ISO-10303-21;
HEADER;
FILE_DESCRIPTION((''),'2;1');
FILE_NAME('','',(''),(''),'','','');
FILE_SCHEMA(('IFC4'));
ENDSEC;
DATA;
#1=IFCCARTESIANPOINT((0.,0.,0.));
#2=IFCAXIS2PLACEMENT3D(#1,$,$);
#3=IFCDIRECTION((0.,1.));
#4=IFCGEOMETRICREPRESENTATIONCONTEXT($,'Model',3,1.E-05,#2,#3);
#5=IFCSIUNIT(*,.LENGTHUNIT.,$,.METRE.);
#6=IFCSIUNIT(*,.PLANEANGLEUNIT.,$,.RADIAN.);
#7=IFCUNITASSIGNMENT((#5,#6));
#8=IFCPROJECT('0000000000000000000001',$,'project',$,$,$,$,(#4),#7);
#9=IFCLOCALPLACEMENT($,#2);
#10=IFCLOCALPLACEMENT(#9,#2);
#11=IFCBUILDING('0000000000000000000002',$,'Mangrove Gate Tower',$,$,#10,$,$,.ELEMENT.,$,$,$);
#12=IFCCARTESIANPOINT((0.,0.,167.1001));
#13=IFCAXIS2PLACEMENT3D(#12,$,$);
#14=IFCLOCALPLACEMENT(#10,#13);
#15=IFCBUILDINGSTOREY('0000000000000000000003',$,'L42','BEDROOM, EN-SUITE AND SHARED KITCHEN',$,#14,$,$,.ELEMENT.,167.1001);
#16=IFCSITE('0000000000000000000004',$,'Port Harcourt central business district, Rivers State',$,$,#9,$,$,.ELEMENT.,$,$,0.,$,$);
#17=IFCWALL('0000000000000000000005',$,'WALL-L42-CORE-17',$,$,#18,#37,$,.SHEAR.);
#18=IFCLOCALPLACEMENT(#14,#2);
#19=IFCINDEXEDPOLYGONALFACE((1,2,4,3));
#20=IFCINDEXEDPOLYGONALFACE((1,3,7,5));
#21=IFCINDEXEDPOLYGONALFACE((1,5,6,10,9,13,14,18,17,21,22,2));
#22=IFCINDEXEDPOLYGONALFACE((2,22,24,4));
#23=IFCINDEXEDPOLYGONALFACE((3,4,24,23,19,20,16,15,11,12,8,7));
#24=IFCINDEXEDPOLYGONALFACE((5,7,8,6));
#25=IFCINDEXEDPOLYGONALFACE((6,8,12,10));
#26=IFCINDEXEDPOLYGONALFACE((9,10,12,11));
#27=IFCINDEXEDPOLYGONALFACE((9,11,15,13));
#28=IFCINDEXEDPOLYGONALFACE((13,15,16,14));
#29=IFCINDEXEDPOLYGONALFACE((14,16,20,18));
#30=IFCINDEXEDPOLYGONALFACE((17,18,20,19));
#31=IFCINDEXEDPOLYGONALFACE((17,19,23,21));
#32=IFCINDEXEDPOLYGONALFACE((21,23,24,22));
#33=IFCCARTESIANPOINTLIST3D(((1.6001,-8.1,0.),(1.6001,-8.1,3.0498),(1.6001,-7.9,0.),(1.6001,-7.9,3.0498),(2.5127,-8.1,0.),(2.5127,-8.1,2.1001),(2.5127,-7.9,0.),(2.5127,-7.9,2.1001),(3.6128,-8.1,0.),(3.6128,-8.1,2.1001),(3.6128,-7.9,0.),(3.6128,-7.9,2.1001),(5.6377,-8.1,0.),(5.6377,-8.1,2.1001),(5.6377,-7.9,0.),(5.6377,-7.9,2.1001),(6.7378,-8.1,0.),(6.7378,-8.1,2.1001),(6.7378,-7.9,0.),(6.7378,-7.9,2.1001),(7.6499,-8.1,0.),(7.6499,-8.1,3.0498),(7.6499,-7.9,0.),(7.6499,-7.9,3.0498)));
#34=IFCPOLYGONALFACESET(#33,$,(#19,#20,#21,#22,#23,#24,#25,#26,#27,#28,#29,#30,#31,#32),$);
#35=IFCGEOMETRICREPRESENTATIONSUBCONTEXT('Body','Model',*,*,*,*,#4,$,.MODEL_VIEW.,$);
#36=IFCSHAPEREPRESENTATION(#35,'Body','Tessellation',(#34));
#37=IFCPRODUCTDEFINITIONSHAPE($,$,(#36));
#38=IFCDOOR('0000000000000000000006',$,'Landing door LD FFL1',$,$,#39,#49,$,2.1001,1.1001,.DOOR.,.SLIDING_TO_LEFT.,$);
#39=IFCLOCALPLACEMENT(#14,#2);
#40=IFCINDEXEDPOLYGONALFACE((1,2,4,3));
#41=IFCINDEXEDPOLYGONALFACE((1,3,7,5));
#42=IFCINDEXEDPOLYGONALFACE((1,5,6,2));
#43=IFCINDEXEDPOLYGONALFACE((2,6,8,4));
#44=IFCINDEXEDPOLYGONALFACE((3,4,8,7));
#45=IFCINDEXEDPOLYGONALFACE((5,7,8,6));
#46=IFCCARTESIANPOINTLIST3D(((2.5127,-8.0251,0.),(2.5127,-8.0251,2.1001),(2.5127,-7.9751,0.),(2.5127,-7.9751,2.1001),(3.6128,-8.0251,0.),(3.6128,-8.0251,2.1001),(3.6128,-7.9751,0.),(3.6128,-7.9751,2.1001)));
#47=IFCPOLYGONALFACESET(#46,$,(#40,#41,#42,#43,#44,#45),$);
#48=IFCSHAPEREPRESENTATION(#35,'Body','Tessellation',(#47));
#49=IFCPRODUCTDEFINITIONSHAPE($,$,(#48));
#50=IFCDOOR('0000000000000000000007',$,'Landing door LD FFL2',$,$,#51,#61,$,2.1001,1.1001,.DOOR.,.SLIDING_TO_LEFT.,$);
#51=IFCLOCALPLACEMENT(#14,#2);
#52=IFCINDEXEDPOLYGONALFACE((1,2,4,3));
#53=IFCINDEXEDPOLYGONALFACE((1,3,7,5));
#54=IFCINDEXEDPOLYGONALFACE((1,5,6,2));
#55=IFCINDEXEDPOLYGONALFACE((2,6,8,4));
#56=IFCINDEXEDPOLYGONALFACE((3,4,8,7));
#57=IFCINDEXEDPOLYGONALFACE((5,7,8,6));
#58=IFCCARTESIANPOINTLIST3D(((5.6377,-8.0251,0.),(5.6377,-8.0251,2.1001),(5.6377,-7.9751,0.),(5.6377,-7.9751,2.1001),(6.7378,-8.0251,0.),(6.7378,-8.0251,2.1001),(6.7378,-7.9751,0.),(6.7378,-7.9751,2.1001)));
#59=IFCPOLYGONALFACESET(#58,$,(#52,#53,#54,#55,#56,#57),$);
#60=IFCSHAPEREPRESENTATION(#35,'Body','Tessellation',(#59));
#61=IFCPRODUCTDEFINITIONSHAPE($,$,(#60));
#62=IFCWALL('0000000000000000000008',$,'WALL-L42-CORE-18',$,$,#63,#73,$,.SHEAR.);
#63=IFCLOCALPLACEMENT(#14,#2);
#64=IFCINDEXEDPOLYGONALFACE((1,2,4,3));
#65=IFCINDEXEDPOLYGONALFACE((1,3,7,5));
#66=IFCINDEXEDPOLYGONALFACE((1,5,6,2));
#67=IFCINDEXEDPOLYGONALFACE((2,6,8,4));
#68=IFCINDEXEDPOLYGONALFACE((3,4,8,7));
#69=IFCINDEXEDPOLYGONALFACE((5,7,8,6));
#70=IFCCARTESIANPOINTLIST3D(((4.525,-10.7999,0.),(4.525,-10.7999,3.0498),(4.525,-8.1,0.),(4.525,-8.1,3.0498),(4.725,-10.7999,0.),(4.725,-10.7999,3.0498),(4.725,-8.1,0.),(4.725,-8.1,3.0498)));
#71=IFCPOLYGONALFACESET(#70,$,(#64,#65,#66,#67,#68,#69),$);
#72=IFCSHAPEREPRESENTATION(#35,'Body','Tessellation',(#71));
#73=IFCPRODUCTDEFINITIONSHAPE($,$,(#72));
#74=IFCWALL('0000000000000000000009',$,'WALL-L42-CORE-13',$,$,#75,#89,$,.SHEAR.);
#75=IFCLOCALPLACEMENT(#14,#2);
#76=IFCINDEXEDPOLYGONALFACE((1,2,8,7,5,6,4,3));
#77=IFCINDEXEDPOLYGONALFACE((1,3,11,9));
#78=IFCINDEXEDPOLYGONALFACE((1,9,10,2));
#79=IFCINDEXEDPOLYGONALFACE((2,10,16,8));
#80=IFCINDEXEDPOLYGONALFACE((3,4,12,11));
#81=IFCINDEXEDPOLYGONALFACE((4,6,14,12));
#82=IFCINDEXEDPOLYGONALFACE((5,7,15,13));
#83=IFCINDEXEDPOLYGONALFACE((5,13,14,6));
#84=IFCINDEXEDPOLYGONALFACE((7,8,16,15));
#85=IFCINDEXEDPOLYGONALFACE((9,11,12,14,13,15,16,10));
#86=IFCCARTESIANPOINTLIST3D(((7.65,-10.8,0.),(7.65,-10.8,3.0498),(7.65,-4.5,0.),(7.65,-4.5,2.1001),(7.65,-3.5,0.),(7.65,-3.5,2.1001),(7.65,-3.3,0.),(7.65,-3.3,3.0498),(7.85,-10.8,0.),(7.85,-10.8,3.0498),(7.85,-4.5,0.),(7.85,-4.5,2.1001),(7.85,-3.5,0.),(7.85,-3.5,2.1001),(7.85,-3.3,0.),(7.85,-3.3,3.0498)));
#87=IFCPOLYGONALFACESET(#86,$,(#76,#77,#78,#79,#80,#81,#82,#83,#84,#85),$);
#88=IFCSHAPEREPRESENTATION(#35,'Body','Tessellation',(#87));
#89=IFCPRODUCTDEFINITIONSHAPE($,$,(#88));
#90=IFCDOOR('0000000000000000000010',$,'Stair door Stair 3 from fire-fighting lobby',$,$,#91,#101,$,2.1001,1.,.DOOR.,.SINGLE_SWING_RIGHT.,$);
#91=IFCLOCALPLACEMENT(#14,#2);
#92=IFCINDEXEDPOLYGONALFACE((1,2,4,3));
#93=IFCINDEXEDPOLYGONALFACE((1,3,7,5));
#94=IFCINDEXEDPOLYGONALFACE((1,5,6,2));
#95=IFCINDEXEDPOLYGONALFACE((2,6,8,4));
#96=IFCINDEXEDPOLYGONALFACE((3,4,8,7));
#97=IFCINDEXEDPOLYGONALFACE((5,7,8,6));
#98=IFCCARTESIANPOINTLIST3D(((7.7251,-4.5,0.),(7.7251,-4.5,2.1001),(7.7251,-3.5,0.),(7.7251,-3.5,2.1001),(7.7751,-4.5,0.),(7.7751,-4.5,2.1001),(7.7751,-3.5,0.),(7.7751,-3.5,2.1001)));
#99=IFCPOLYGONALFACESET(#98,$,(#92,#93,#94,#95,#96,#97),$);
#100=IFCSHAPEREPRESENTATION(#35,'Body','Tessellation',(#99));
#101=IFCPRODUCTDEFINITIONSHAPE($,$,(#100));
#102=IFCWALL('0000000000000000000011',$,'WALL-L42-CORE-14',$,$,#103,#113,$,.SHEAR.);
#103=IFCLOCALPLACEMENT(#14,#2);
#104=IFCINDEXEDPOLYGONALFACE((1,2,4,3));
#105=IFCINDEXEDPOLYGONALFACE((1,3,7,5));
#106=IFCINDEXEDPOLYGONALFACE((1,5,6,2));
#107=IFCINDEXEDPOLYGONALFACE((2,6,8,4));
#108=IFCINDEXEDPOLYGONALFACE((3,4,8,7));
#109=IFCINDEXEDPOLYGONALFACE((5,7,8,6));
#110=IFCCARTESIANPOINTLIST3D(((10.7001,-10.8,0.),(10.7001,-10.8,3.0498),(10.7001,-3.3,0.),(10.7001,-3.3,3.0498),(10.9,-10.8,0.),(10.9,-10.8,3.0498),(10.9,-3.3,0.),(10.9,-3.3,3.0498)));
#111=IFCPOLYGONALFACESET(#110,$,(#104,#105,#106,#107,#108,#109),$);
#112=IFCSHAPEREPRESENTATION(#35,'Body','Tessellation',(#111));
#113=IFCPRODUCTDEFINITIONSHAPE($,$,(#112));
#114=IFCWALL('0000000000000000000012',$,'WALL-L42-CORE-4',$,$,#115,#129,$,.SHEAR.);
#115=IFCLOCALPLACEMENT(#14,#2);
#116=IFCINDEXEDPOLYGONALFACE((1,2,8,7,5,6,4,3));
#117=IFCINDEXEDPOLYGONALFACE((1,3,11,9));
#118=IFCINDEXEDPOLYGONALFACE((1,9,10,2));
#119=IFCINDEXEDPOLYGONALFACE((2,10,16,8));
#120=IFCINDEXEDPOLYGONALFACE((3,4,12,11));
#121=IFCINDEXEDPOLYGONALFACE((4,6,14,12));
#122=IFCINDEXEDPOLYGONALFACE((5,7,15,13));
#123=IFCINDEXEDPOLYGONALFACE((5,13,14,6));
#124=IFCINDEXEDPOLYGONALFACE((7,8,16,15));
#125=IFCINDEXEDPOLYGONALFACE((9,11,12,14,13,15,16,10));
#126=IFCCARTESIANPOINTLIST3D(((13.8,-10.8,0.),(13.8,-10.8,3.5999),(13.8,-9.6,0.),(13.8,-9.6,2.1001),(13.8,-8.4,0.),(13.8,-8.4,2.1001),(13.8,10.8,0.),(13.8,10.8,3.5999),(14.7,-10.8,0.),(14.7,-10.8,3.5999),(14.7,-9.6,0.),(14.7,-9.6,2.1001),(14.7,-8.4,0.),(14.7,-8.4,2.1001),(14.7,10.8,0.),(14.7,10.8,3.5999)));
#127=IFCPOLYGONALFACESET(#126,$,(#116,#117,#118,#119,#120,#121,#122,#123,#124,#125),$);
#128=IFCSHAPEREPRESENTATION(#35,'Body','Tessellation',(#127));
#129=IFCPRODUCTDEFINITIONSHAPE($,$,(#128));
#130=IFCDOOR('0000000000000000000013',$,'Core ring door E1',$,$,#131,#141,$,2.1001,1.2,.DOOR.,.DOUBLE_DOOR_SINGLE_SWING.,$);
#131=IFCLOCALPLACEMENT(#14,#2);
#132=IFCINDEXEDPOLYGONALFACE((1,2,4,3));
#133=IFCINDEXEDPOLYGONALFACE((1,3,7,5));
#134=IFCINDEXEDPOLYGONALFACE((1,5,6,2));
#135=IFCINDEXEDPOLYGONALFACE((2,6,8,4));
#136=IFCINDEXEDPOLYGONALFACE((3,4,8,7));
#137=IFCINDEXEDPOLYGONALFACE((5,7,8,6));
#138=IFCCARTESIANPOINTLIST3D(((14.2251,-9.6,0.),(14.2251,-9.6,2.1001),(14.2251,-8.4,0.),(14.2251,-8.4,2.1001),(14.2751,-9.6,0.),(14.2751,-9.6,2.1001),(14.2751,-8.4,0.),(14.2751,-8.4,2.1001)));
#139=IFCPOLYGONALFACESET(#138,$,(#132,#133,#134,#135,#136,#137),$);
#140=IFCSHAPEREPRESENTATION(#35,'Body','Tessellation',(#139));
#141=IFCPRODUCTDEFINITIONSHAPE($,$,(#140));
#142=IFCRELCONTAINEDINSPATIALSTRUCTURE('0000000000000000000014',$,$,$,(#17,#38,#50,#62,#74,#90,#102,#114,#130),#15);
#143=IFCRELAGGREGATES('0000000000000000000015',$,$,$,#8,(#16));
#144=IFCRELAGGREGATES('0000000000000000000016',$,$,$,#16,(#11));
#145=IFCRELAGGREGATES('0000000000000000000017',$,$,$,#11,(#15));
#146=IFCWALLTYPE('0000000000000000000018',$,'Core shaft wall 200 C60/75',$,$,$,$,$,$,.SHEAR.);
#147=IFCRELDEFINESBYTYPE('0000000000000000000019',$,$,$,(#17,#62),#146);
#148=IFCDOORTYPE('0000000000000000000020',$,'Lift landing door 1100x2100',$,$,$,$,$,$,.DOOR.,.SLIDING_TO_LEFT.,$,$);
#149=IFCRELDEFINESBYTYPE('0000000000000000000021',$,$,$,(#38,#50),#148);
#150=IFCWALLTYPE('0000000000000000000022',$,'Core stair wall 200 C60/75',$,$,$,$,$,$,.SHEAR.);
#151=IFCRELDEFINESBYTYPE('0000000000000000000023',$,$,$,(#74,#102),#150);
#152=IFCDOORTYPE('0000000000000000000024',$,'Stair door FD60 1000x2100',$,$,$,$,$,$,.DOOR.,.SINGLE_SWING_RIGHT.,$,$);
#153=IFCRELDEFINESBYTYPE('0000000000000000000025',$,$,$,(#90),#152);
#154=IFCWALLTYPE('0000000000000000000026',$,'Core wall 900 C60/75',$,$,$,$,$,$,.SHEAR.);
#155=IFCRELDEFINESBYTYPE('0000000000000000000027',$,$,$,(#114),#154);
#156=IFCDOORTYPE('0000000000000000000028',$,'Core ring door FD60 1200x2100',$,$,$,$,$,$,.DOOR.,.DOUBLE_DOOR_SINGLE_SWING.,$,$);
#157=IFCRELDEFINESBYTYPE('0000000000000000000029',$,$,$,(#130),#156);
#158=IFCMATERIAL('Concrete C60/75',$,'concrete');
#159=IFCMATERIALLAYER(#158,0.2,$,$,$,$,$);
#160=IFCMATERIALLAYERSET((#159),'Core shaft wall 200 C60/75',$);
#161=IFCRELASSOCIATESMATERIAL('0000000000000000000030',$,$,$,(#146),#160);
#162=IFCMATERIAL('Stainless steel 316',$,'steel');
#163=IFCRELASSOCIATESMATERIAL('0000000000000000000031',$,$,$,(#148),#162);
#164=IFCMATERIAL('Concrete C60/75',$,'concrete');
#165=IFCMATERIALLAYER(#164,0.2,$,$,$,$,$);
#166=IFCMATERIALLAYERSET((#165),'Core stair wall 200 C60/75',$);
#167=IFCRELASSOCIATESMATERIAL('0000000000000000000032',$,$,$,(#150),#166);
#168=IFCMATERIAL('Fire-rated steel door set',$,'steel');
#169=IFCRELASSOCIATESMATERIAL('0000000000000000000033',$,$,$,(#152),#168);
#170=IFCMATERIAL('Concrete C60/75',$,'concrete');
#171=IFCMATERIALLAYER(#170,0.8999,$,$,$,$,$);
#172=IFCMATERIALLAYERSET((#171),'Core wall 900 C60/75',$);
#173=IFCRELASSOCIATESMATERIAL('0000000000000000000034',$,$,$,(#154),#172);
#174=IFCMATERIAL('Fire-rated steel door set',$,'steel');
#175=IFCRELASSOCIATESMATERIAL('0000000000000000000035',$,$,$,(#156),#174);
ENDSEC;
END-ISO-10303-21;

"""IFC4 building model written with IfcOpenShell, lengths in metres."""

from ifc_helpers import new_model, si_unit, direction, frame, frame_2d, origin, place, context, subcontext, project, spatial, rectangle, extrude, material, layer, layer_set, type_object, element, fill, save


model = new_model("IFC4")

# Units and contexts
model_context = context("Model", 3, precision=1e-05, world=origin(), true_north=direction((0.0, 1.0)))
body_context = subcontext(model_context, "Body", "Model", "MODEL_VIEW")
ifc_project = project(units=[si_unit("LENGTHUNIT", "METRE"), si_unit("PLANEANGLEUNIT", "RADIAN")], contexts=[model_context])

# Site, building, storey
site_placement = place(None, origin())
site = spatial("IfcSite", under=ifc_project, at=site_placement, Name="Port Harcourt central business district, Rivers State", CompositionType="ELEMENT", RefElevation=0.0)
building_placement = place(site_placement, origin())
building = spatial("IfcBuilding", under=site, at=building_placement, Name="Mangrove Gate Tower", CompositionType="ELEMENT")
storey_placement = place(building_placement, frame((0.0, 0.0, 167.1001)))
storey = spatial("IfcBuildingStorey", under=building, at=storey_placement, Name="L42", Description="BEDROOM, EN-SUITE AND SHARED KITCHEN", CompositionType="ELEMENT", Elevation=167.1001)

# Wall, openings, doors
ifc_material_1 = material(Name="Concrete C60/75", Category="concrete")
ifc_layer_1 = layer(ifc_material_1, 0.2)
ifc_layer_set_1 = layer_set([ifc_layer_1], Name="Core shaft wall 200 C60/75")
wall_type_1 = type_object("IfcWallType", Name="Core shaft wall 200 C60/75", PredefinedType="SHEAR", material=ifc_layer_set_1)
wall_1_placement = place(storey_placement, frame((1.6001, -8.0, 0.0), z_axis=(0.0, 0.0, 1.0), x_axis=(1.0, 0.0, 0.0)))
wall_1 = element("IfcWall", 1, at=wall_1_placement, inside=storey, type_object=wall_type_1, Name="WALL-L42-CORE-17", PredefinedType="SHEAR", context=body_context, shape_type="SweptSolid", body=[
    extrude(rectangle(XDim=6.0498, YDim=0.2, at=frame_2d((3.0249, 0.0))), origin(), (0.0, 0.0, 1.0), 3.0498),
])
opening_1_placement = place(wall_1_placement, frame((0.9126, 0.0, 0.0)))
opening_1 = element("IfcOpeningElement", 2, at=opening_1_placement, cuts=wall_1, PredefinedType="OPENING", context=body_context, shape_type="SweptSolid", body=[
    extrude(rectangle(XDim=1.1001, YDim=2.1001, at=frame_2d((0.55, 1.05))), frame((0.0, 0.1099, 0.0), z_axis=(0.0, -1.0, 0.0), x_axis=(1.0, 0.0, 0.0)), (0.0, 0.0, 1.0), 0.22),
])
opening_2_placement = place(wall_1_placement, frame((4.0376, 0.0, 0.0)))
opening_2 = element("IfcOpeningElement", 3, at=opening_2_placement, cuts=wall_1, PredefinedType="OPENING", context=body_context, shape_type="SweptSolid", body=[
    extrude(rectangle(XDim=1.1001, YDim=2.1001, at=frame_2d((0.55, 1.05))), frame((0.0, 0.1099, 0.0), z_axis=(0.0, -1.0, 0.0), x_axis=(1.0, 0.0, 0.0)), (0.0, 0.0, 1.0), 0.22),
])
ifc_material_2 = material(Name="Stainless steel 316", Category="steel")
door_type_1 = type_object("IfcDoorType", Name="Lift landing door 1100x2100", OperationType="SLIDING_TO_LEFT", PredefinedType="DOOR", material=ifc_material_2)
door_1_placement = place(opening_1_placement, origin())
door_1 = element("IfcDoor", 4, at=door_1_placement, inside=storey, type_object=door_type_1, Name="Landing door LD FFL1", OperationType="SLIDING_TO_LEFT", OverallHeight=2.1001, OverallWidth=1.1001, PredefinedType="DOOR", context=body_context, shape_type="SweptSolid", body=[
    extrude(rectangle(XDim=1.1001, YDim=2.1001, at=frame_2d((0.55, 1.05))), frame((0.0, 0.0249, 0.0), z_axis=(0.0, -1.0, 0.0), x_axis=(1.0, 0.0, 0.0)), (0.0, 0.0, 1.0), 0.05),
])
fill(opening_1, door_1)
door_2_placement = place(opening_2_placement, origin())
door_2 = element("IfcDoor", 5, at=door_2_placement, inside=storey, type_object=door_type_1, Name="Landing door LD FFL2", OperationType="SLIDING_TO_LEFT", OverallHeight=2.1001, OverallWidth=1.1001, PredefinedType="DOOR", context=body_context, shape_type="SweptSolid", body=[
    extrude(rectangle(XDim=1.1001, YDim=2.1001, at=frame_2d((0.55, 1.05))), frame((0.0, 0.0249, 0.0), z_axis=(0.0, -1.0, 0.0), x_axis=(1.0, 0.0, 0.0)), (0.0, 0.0, 1.0), 0.05),
])
fill(opening_2, door_2)

# Wall
wall_2_placement = place(storey_placement, frame((4.625, -10.8, 0.0), z_axis=(0.0, 0.0, 1.0), x_axis=(0.0, 1.0, 0.0)))
element("IfcWall", 6, at=wall_2_placement, inside=storey, type_object=wall_type_1, Name="WALL-L42-CORE-18", PredefinedType="SHEAR", context=body_context, shape_type="SweptSolid", body=[
    extrude(rectangle(XDim=2.7, YDim=0.2, at=frame_2d((1.3501, 0.0))), origin(), (0.0, 0.0, 1.0), 3.0498),
])

# Wall, opening, door
ifc_material_3 = material(Name="Concrete C60/75", Category="concrete")
ifc_layer_2 = layer(ifc_material_3, 0.2)
ifc_layer_set_2 = layer_set([ifc_layer_2], Name="Core stair wall 200 C60/75")
wall_type_2 = type_object("IfcWallType", Name="Core stair wall 200 C60/75", PredefinedType="SHEAR", material=ifc_layer_set_2)
wall_3_placement = place(storey_placement, frame((7.75, -10.8, 0.0), z_axis=(0.0, 0.0, 1.0), x_axis=(0.0, 1.0, 0.0)))
wall_3 = element("IfcWall", 7, at=wall_3_placement, inside=storey, type_object=wall_type_2, Name="WALL-L42-CORE-13", PredefinedType="SHEAR", context=body_context, shape_type="SweptSolid", body=[
    extrude(rectangle(XDim=7.5, YDim=0.2, at=frame_2d((3.75, 0.0))), origin(), (0.0, 0.0, 1.0), 3.0498),
])
opening_3_placement = place(wall_3_placement, frame((6.3, 0.0, 0.0)))
opening_3 = element("IfcOpeningElement", 8, at=opening_3_placement, cuts=wall_3, PredefinedType="OPENING", context=body_context, shape_type="SweptSolid", body=[
    extrude(rectangle(XDim=1.0, YDim=2.1001, at=frame_2d((0.5, 1.05))), frame((0.0, 0.1099, 0.0), z_axis=(0.0, -1.0, 0.0), x_axis=(1.0, 0.0, 0.0)), (0.0, 0.0, 1.0), 0.22),
])
ifc_material_4 = material(Name="Fire-rated steel door set", Category="steel")
door_type_2 = type_object("IfcDoorType", Name="Stair door FD60 1000x2100", OperationType="SINGLE_SWING_RIGHT", PredefinedType="DOOR", material=ifc_material_4)
door_3_placement = place(opening_3_placement, origin())
door_3 = element("IfcDoor", 9, at=door_3_placement, inside=storey, type_object=door_type_2, Name="Stair door Stair 3 from fire-fighting lobby", OperationType="SINGLE_SWING_RIGHT", OverallHeight=2.1001, OverallWidth=1.0, PredefinedType="DOOR", context=body_context, shape_type="SweptSolid", body=[
    extrude(rectangle(XDim=1.0, YDim=2.1001, at=frame_2d((0.5, 1.05))), frame((0.0, 0.0249, 0.0), z_axis=(0.0, -1.0, 0.0), x_axis=(1.0, 0.0, 0.0)), (0.0, 0.0, 1.0), 0.05),
])
fill(opening_3, door_3)

# Wall
wall_4_placement = place(storey_placement, frame((10.8, -10.8, 0.0), z_axis=(0.0, 0.0, 1.0), x_axis=(0.0, 1.0, 0.0)))
element("IfcWall", 10, at=wall_4_placement, inside=storey, type_object=wall_type_2, Name="WALL-L42-CORE-14", PredefinedType="SHEAR", context=body_context, shape_type="SweptSolid", body=[
    extrude(rectangle(XDim=7.5, YDim=0.2, at=frame_2d((3.75, 0.0))), origin(), (0.0, 0.0, 1.0), 3.0498),
])

# Wall, opening, door
ifc_material_5 = material(Name="Concrete C60/75", Category="concrete")
ifc_layer_3 = layer(ifc_material_5, 0.8999)
ifc_layer_set_3 = layer_set([ifc_layer_3], Name="Core wall 900 C60/75")
wall_type_3 = type_object("IfcWallType", Name="Core wall 900 C60/75", PredefinedType="SHEAR", material=ifc_layer_set_3)
wall_5_placement = place(storey_placement, frame((14.25, -10.8, 0.0), z_axis=(0.0, 0.0, 1.0), x_axis=(0.0, 1.0, 0.0)))
wall_5 = element("IfcWall", 11, at=wall_5_placement, inside=storey, type_object=wall_type_3, Name="WALL-L42-CORE-4", PredefinedType="SHEAR", context=body_context, shape_type="SweptSolid", body=[
    extrude(rectangle(XDim=21.6001, YDim=0.8999, at=frame_2d((10.8, 0.0))), origin(), (0.0, 0.0, 1.0), 3.5999),
])
opening_4_placement = place(wall_5_placement, frame((1.2, 0.0, 0.0)))
opening_4 = element("IfcOpeningElement", 12, at=opening_4_placement, cuts=wall_5, PredefinedType="OPENING", context=body_context, shape_type="SweptSolid", body=[
    extrude(rectangle(XDim=1.2, YDim=2.1001, at=frame_2d((0.6001, 1.05))), frame((0.0, 0.46, 0.0), z_axis=(0.0, -1.0, 0.0), x_axis=(1.0, 0.0, 0.0)), (0.0, 0.0, 1.0), 0.9199),
])
ifc_material_6 = material(Name="Fire-rated steel door set", Category="steel")
door_type_3 = type_object("IfcDoorType", Name="Core ring door FD60 1200x2100", OperationType="DOUBLE_DOOR_SINGLE_SWING", PredefinedType="DOOR", material=ifc_material_6)
door_4_placement = place(opening_4_placement, origin())
door_4 = element("IfcDoor", 13, at=door_4_placement, inside=storey, type_object=door_type_3, Name="Core ring door E1", OperationType="DOUBLE_DOOR_SINGLE_SWING", OverallHeight=2.1001, OverallWidth=1.2, PredefinedType="DOOR", context=body_context, shape_type="SweptSolid", body=[
    extrude(rectangle(XDim=1.2, YDim=2.1001, at=frame_2d((0.6001, 1.05))), frame((0.0, 0.0249, 0.0), z_axis=(0.0, -1.0, 0.0), x_axis=(1.0, 0.0, 0.0)), (0.0, 0.0, 1.0), 0.05),
])
fill(opening_4, door_4)

save(model, "model.ifc")
